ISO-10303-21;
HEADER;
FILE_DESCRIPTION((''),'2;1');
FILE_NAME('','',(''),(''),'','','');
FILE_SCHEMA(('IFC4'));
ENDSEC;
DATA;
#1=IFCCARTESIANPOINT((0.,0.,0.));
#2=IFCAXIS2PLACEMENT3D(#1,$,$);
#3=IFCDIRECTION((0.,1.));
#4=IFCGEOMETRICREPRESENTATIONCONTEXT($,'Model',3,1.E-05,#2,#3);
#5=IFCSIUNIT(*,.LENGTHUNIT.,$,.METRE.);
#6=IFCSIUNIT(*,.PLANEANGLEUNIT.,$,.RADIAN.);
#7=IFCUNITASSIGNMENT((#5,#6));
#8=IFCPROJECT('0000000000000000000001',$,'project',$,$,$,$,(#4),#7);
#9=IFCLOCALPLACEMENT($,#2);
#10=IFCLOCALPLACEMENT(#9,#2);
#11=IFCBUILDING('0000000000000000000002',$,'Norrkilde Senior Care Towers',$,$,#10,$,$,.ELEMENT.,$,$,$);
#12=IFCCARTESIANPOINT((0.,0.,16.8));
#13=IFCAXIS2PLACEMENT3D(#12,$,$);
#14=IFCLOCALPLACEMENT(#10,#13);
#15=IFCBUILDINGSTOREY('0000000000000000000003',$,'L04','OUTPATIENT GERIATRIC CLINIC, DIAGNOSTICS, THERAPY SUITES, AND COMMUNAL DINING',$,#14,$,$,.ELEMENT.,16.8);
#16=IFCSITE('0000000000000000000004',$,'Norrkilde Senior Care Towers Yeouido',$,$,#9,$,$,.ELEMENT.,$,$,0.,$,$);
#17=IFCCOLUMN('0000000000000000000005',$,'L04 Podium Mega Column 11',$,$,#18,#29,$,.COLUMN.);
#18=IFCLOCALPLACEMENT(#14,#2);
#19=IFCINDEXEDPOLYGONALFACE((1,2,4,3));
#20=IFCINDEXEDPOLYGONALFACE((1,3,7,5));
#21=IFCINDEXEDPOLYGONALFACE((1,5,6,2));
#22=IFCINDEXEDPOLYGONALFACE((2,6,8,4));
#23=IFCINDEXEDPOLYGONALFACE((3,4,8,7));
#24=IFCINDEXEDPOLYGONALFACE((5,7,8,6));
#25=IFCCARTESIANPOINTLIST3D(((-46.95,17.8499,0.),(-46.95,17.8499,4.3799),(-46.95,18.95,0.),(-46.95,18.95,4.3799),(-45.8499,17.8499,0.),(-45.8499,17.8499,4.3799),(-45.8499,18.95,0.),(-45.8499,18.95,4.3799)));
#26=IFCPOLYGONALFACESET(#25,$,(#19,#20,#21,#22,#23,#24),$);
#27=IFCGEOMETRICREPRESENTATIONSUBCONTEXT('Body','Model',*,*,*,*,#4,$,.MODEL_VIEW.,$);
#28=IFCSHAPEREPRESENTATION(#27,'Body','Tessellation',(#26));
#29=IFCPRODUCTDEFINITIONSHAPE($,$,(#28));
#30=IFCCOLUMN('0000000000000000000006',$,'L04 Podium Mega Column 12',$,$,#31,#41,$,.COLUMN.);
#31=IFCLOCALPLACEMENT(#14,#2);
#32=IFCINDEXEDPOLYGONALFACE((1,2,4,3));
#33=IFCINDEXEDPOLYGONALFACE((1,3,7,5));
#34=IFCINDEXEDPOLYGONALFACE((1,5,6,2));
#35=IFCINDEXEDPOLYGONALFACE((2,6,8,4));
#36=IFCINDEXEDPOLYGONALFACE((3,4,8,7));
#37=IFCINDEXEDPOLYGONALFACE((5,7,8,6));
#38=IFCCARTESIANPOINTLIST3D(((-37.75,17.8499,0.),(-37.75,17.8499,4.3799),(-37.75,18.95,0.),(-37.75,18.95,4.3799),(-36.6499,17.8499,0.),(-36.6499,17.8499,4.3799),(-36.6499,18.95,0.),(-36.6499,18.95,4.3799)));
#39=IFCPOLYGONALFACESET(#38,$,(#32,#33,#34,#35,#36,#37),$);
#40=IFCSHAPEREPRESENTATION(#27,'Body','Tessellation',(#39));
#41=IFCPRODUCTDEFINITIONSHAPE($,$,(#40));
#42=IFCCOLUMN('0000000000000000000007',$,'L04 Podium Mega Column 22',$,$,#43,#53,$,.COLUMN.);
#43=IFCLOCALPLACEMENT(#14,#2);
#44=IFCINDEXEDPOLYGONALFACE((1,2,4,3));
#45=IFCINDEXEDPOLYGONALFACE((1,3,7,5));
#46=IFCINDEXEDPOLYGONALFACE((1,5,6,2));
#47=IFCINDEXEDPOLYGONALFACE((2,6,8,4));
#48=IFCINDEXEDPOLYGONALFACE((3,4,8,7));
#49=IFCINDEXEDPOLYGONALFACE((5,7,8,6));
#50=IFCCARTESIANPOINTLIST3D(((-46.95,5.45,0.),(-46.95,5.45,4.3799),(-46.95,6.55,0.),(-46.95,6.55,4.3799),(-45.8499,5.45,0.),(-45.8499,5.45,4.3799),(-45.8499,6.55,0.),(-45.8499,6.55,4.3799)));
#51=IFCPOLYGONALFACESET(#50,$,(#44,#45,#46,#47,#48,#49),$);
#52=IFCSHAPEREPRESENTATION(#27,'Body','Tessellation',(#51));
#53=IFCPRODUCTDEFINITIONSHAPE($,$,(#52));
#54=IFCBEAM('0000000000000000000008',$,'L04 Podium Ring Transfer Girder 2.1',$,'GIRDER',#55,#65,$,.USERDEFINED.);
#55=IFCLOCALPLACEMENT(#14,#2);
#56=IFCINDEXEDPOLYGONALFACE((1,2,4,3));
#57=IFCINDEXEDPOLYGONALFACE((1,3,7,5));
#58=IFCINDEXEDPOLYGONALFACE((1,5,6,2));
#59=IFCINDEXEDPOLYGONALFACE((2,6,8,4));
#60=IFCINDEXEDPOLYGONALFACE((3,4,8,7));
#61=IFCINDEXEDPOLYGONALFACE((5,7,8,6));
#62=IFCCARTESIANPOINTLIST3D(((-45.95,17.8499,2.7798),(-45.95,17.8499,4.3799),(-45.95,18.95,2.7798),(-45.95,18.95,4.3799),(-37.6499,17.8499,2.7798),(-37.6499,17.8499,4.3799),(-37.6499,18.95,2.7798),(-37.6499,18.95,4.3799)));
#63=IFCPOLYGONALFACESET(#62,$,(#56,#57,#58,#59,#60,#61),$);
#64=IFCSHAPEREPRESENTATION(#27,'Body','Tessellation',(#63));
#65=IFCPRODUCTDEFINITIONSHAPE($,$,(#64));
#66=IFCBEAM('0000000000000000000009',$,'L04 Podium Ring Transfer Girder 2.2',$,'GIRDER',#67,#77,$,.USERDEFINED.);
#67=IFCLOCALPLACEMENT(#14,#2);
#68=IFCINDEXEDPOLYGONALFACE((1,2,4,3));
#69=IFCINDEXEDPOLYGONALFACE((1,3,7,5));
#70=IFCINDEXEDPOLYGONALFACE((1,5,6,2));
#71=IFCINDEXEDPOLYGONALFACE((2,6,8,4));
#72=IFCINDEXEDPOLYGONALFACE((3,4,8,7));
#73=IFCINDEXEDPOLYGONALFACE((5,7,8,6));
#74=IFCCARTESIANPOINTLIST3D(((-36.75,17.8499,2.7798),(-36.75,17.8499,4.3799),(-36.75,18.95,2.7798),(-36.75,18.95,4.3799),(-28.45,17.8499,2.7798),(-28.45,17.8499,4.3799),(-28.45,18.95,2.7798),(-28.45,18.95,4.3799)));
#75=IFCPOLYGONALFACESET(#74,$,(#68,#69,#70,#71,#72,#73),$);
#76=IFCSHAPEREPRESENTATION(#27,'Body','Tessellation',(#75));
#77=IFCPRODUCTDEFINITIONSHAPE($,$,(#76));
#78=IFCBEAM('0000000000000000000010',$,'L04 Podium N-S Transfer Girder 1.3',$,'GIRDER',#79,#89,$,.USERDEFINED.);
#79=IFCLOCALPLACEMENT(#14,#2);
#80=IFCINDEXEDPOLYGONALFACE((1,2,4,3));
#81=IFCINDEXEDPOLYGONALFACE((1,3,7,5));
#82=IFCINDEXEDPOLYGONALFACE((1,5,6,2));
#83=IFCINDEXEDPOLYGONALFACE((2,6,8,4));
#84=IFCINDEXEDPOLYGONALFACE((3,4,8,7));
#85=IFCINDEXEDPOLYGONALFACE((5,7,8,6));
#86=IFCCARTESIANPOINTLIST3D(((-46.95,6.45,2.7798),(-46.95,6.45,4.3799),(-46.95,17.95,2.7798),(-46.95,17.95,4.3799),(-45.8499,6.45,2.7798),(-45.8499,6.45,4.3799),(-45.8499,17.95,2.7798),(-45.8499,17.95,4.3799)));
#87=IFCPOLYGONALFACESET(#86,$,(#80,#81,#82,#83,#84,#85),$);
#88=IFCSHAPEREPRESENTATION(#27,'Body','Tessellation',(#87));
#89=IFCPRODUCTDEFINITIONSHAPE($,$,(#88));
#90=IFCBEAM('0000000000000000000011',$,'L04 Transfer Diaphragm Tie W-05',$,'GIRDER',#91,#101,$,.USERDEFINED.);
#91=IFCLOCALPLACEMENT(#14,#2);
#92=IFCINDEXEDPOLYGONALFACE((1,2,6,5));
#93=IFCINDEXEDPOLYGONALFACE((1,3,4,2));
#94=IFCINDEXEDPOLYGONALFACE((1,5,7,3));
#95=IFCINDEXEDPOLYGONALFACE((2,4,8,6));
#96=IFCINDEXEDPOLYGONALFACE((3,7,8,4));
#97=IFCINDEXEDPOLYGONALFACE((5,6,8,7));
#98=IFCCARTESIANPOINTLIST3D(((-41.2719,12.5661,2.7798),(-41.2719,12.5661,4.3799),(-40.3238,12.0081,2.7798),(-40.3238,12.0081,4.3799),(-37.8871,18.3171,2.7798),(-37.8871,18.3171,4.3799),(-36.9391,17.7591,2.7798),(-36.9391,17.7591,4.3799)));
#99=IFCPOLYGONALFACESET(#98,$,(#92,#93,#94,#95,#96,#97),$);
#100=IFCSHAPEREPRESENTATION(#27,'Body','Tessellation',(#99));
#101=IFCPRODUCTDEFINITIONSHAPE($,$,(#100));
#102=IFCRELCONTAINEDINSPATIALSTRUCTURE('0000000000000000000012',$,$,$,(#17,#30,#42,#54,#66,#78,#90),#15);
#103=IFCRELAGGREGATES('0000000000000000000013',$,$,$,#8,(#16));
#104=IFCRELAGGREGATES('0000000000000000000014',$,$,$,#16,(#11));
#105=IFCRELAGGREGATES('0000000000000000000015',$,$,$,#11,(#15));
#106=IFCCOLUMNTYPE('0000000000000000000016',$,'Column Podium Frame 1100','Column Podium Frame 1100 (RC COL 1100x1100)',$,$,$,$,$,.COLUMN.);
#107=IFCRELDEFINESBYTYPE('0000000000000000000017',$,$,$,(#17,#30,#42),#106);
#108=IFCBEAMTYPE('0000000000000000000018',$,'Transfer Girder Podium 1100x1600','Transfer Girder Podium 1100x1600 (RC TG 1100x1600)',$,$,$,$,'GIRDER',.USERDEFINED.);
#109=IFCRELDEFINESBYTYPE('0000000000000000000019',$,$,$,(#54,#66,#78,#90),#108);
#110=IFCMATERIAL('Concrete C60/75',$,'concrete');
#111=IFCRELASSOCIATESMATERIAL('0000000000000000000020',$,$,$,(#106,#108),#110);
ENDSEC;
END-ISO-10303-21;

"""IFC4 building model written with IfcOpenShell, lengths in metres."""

from ifc_helpers import new_model, si_unit, direction, frame, origin, origin_2d, place, context, subcontext, project, spatial, rectangle, extrude, source, transform, mapped, material, material_profile, profile_set, type_object, type_shapes, element, save


model = new_model("IFC4")

# Units and contexts
model_context = context("Model", 3, precision=1e-05, world=origin(), true_north=direction((0.0, 1.0)))
body_context = subcontext(model_context, "Body", "Model", "MODEL_VIEW")
ifc_project = project(units=[si_unit("LENGTHUNIT", "METRE"), si_unit("PLANEANGLEUNIT", "RADIAN")], contexts=[model_context])

# Site, building, storey
site_placement = place(None, origin())
site = spatial("IfcSite", under=ifc_project, at=site_placement, Name="Norrkilde Senior Care Towers Yeouido", CompositionType="ELEMENT", RefElevation=0.0)
building_placement = place(site_placement, origin())
building = spatial("IfcBuilding", under=site, at=building_placement, Name="Norrkilde Senior Care Towers", CompositionType="ELEMENT")
storey_placement = place(building_placement, frame((0.0, 0.0, 16.8)))
storey = spatial("IfcBuildingStorey", under=building, at=storey_placement, Name="L04", Description="OUTPATIENT GERIATRIC CLINIC, DIAGNOSTICS, THERAPY SUITES, AND COMMUNAL DINING", CompositionType="ELEMENT", Elevation=16.8)

# Columns
ifc_material_1 = material(Name="Concrete C60/75", Category="concrete")
ifc_material_profile_1 = material_profile(ifc_material_1, rectangle(XDim=1.1001, YDim=1.1001, at=origin_2d()), Name="RC COL 1100x1100")
ifc_profile_set_1 = profile_set([ifc_material_profile_1], Name="Concrete C60/75")
column_type = type_object("IfcColumnType", Name="Column Podium Frame 1100", Description="Column Podium Frame 1100 (RC COL 1100x1100)", PredefinedType="COLUMN", material=ifc_profile_set_1)
shared_shape_1 = source(origin(), body_context, "Body", "SweptSolid", [
    extrude(rectangle(XDim=1.1001, YDim=1.1001, at=origin_2d()), origin(), (0.0, 0.0, 1.0), 4.3799),
])
type_shapes(column_type, [shared_shape_1])
for number, where, z_axis, x_axis, name in (
    (1, (-46.3999, 18.3999, 0.0), (0.0, 0.0, 1.0), (1.0, 0.0, 0.0), "L04 Podium Mega Column 11"),
    (2, (-37.2, 18.3999, 0.0), (0.0, 0.0, 1.0), (1.0, 0.0, 0.0), "L04 Podium Mega Column 12"),
    (3, (-46.3999, 6.0, 0.0), (0.0, 0.0, 1.0), (1.0, 0.0, 0.0), "L04 Podium Mega Column 22"),
):
    element("IfcColumn", number, at=place(storey_placement, frame(where, z_axis=z_axis, x_axis=x_axis)), inside=storey, type_object=column_type, Name=name, PredefinedType="COLUMN", context=body_context, shape_type="MappedRepresentation", body=[
        mapped(shared_shape_1, transform((0.0, 0.0, 0.0), x_axis=(1.0, 0.0, 0.0), y_axis=(0.0, 1.0, 0.0), z_axis=(0.0, 0.0, 1.0), scale=1.0)),
    ])

# Beams
ifc_material_profile_2 = material_profile(ifc_material_1, rectangle(XDim=1.1001, YDim=1.6001, at=origin_2d()), Name="RC TG 1100x1600")
ifc_profile_set_2 = profile_set([ifc_material_profile_2], Name="Concrete C60/75")
beam_type = type_object("IfcBeamType", Name="Transfer Girder Podium 1100x1600", Description="Transfer Girder Podium 1100x1600 (RC TG 1100x1600)", ElementType="GIRDER", PredefinedType="USERDEFINED", material=ifc_profile_set_2)
shared_shape_2 = source(origin(), body_context, "Body", "SweptSolid", [
    extrude(rectangle(XDim=1.1001, YDim=1.6001, at=origin_2d()), origin(), (0.0, 0.0, 1.0), 8.3),
])
for number, where, z_axis, x_axis, name in (
    (4, (-45.95, 18.3999, 3.5798), (1.0, 0.0, 0.0), (0.0, 1.0, 0.0), "L04 Podium Ring Transfer Girder 2.1"),
    (5, (-36.75, 18.3999, 3.5798), (1.0, 0.0, 0.0), (0.0, 1.0, 0.0), "L04 Podium Ring Transfer Girder 2.2"),
):
    element("IfcBeam", number, at=place(storey_placement, frame(where, z_axis=z_axis, x_axis=x_axis)), inside=storey, type_object=beam_type, Name=name, ObjectType="GIRDER", PredefinedType="USERDEFINED", context=body_context, shape_type="MappedRepresentation", body=[
        mapped(shared_shape_2, transform((0.0, 0.0, 0.0), x_axis=(1.0, 0.0, 0.0), y_axis=(0.0, 1.0, 0.0), z_axis=(0.0, 0.0, 1.0), scale=1.0)),
    ])
shared_shape_3 = source(origin(), body_context, "Body", "SweptSolid", [
    extrude(rectangle(XDim=1.1001, YDim=1.6001, at=origin_2d()), origin(), (0.0, 0.0, 1.0), 11.5),
])
beam_1_placement = place(storey_placement, frame((-46.3999, 6.45, 3.5798), z_axis=(0.0, 1.0, 0.0), x_axis=(-1.0, 0.0, 0.0)))
element("IfcBeam", 6, at=beam_1_placement, inside=storey, type_object=beam_type, Name="L04 Podium N-S Transfer Girder 1.3", ObjectType="GIRDER", PredefinedType="USERDEFINED", context=body_context, shape_type="MappedRepresentation", body=[
    mapped(shared_shape_3, transform((0.0, 0.0, 0.0), x_axis=(1.0, 0.0, 0.0), y_axis=(0.0, 1.0, 0.0), z_axis=(0.0, 0.0, 1.0), scale=1.0)),
])
shared_shape_4 = source(origin(), body_context, "Body", "SweptSolid", [
    extrude(rectangle(XDim=1.1001, YDim=1.6001, at=origin_2d()), origin(), (0.0, 0.0, 1.0), 6.6731),
])
type_shapes(beam_type, [shared_shape_2, shared_shape_3, shared_shape_4])
beam_2_placement = place(storey_placement, frame((-40.7979, 12.2871, 3.5798), z_axis=(0.507225, 0.861814, 0.0), x_axis=(-0.861814, 0.507225, 0.0)))
element("IfcBeam", 7, at=beam_2_placement, inside=storey, type_object=beam_type, Name="L04 Transfer Diaphragm Tie W-05", ObjectType="GIRDER", PredefinedType="USERDEFINED", context=body_context, shape_type="MappedRepresentation", body=[
    mapped(shared_shape_4, transform((0.0, 0.0, 0.0), x_axis=(1.0, 0.0, 0.0), y_axis=(0.0, 1.0, 0.0), z_axis=(0.0, 0.0, 1.0), scale=1.0)),
])

save(model, "model.ifc")
